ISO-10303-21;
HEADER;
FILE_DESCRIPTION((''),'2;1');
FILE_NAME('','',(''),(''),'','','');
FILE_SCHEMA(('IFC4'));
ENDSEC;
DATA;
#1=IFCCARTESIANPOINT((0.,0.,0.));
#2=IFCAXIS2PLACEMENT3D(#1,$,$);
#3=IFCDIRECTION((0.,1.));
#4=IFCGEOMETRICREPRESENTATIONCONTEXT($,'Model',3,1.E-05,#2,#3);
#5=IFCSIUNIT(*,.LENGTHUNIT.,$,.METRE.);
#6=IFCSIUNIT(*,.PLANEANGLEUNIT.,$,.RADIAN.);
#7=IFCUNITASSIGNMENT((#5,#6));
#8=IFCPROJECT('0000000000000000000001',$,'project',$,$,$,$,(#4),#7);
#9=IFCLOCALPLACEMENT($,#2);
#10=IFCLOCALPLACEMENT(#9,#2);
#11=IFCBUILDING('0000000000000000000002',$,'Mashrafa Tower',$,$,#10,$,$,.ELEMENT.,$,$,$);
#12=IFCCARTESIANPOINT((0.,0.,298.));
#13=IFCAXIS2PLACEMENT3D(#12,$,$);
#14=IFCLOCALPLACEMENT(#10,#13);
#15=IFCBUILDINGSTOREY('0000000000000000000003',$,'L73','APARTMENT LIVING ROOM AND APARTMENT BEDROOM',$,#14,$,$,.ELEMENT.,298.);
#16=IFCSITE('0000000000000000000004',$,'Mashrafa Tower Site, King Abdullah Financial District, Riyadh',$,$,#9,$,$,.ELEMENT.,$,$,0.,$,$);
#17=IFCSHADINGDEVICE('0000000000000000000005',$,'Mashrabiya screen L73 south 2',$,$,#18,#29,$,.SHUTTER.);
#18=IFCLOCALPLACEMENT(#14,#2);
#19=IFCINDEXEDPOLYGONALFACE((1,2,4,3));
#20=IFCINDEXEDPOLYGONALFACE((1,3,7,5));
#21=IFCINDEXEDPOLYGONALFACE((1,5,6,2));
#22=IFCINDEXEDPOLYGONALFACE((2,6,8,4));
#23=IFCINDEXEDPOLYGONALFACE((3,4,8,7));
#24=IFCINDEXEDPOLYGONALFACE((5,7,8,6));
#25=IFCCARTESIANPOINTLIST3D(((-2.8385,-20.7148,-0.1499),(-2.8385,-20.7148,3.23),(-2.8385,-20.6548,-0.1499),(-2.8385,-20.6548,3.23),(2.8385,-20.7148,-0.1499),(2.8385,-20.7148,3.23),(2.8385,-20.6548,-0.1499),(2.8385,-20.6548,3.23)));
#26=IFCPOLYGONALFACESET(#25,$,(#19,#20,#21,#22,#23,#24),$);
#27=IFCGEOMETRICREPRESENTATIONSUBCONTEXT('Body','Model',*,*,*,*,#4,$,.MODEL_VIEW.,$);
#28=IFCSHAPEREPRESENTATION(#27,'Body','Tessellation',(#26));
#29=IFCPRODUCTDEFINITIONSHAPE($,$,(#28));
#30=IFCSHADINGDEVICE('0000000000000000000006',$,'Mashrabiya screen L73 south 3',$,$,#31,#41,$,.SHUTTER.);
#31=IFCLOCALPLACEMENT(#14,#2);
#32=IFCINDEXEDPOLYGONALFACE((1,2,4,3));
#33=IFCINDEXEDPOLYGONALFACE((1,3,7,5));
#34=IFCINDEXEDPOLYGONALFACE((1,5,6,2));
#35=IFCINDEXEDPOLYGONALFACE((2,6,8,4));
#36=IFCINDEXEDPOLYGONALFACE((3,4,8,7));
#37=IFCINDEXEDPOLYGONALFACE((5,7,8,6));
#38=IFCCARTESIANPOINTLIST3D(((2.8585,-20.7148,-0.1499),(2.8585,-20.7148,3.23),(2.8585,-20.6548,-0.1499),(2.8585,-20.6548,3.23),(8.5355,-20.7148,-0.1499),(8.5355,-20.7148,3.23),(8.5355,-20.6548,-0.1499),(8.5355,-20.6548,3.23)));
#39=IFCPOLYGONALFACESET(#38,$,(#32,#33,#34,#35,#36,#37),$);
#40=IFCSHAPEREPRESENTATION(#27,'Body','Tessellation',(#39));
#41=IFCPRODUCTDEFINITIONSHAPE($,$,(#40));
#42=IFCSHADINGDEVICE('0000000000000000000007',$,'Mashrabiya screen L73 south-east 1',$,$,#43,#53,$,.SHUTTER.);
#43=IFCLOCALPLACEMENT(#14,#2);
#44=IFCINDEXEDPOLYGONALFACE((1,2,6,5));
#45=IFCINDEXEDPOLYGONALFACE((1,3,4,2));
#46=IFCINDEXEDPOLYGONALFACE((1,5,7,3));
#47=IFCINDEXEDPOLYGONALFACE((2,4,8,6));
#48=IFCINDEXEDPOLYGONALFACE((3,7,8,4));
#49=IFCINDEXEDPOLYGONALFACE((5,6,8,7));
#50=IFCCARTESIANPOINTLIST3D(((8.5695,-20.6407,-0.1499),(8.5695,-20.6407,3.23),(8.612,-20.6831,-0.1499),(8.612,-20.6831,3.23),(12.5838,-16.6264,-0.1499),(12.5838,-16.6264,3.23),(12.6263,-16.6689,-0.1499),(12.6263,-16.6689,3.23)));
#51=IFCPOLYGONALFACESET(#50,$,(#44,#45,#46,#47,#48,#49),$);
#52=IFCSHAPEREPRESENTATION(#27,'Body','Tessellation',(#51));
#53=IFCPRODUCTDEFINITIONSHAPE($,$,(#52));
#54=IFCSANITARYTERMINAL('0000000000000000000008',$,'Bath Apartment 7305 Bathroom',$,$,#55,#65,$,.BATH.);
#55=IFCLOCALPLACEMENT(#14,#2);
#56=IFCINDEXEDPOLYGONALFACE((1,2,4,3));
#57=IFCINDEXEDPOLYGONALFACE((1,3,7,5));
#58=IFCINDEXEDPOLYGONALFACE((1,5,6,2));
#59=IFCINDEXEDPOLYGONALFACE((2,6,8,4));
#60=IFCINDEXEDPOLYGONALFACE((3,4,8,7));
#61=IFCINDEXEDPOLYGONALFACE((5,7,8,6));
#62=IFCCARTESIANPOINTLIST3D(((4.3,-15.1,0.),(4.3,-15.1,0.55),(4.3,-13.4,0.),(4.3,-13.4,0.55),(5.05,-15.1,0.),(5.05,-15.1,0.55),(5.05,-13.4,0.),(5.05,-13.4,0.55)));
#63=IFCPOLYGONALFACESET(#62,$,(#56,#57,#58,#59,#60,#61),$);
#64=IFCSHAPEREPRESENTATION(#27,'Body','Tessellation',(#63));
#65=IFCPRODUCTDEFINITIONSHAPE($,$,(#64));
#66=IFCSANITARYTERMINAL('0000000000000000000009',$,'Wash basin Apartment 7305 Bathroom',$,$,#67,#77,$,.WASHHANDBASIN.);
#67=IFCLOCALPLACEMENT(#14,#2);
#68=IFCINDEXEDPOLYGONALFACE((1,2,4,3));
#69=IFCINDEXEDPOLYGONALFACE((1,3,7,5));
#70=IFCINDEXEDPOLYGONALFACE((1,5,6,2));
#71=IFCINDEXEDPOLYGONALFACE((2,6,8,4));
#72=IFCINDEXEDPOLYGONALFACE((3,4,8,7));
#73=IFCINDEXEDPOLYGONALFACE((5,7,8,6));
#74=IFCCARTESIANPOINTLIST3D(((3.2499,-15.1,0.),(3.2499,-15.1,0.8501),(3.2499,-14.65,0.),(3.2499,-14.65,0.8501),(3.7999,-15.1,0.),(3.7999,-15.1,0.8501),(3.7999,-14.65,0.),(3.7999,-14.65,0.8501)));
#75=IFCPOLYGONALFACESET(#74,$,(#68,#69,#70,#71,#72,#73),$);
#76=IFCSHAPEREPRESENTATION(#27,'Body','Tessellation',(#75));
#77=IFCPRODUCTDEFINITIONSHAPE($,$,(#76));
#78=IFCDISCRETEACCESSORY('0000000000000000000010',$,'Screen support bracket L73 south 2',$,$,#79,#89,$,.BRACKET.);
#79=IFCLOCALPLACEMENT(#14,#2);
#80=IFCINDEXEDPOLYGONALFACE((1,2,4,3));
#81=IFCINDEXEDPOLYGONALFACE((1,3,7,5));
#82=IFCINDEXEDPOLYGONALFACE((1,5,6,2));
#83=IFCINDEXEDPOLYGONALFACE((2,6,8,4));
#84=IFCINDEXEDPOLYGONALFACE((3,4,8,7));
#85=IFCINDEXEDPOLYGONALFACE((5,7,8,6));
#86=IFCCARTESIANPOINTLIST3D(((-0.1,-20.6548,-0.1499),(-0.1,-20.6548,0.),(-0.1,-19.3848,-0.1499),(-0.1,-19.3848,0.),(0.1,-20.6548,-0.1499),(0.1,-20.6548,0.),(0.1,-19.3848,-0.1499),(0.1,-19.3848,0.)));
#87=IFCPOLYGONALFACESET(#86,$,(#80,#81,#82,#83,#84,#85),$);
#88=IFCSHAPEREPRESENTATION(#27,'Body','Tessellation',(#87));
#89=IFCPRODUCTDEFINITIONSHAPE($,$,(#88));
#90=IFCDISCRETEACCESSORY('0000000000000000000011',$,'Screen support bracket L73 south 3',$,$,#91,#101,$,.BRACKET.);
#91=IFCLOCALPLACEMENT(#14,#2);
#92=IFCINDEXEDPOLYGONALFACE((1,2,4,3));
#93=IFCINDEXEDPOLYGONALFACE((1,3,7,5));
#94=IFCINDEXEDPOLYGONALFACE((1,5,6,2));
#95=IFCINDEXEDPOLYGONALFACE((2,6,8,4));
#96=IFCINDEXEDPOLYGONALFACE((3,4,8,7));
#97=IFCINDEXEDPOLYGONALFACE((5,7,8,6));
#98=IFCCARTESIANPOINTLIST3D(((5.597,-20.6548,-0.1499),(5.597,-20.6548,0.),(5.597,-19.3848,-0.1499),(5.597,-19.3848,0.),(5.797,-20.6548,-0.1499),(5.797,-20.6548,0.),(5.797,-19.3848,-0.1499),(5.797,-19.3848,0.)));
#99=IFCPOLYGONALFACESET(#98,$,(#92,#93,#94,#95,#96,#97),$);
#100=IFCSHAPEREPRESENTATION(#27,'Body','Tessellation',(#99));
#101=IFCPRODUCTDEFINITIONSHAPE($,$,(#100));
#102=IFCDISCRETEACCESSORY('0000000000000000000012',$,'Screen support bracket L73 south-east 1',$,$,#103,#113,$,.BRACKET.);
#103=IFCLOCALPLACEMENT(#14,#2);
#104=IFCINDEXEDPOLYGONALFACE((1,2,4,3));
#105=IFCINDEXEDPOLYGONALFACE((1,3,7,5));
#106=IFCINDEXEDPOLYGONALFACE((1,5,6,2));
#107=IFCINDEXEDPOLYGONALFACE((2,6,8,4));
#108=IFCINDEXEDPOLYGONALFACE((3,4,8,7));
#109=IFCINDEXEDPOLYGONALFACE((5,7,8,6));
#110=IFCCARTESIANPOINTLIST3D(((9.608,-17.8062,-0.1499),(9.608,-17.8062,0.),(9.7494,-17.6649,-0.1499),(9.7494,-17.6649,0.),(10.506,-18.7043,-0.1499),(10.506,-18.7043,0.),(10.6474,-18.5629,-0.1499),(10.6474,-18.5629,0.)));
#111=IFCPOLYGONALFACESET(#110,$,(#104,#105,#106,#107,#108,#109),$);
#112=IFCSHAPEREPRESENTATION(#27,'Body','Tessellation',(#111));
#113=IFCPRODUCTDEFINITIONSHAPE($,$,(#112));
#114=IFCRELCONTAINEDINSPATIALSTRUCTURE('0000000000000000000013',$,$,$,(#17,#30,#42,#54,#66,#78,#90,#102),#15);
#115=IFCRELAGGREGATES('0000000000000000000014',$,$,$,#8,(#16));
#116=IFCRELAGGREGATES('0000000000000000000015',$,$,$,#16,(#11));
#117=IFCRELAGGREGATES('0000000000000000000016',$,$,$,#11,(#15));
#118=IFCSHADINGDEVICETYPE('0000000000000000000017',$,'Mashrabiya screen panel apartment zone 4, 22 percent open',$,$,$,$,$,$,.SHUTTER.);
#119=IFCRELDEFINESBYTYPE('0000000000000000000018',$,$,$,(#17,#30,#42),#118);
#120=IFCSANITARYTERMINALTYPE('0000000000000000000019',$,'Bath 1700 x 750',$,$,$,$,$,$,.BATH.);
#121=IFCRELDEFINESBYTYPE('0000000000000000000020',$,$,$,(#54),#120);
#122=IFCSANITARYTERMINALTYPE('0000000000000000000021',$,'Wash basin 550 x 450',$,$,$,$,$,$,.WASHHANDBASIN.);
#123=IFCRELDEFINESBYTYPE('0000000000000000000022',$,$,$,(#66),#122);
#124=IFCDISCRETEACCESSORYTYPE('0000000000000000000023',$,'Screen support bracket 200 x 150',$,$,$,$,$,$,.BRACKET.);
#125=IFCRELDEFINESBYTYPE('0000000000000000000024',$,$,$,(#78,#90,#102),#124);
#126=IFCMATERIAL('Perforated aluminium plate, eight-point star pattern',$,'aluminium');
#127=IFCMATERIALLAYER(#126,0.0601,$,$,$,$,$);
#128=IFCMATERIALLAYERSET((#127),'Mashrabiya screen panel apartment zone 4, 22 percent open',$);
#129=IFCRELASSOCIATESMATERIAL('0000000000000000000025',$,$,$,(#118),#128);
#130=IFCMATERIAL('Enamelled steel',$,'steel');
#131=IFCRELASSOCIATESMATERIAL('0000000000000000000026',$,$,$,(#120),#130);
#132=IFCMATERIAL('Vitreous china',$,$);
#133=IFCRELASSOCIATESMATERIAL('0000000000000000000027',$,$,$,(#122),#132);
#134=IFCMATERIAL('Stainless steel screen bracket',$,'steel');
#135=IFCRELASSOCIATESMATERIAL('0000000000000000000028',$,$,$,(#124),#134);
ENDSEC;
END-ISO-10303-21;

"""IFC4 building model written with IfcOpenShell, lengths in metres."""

from ifc_helpers import new_model, si_unit, direction, frame, origin, origin_2d, place, context, subcontext, project, spatial, rectangle, extrude, source, transform, mapped, material, layer, layer_set, type_object, type_shapes, element, save


model = new_model("IFC4")

# Units and contexts
model_context = context("Model", 3, precision=1e-05, world=origin(), true_north=direction((0.0, 1.0)))
body_context = subcontext(model_context, "Body", "Model", "MODEL_VIEW")
ifc_project = project(units=[si_unit("LENGTHUNIT", "METRE"), si_unit("PLANEANGLEUNIT", "RADIAN")], contexts=[model_context])

# Site, building, storey
site_placement = place(None, origin())
site = spatial("IfcSite", under=ifc_project, at=site_placement, Name="Mashrafa Tower Site, King Abdullah Financial District, Riyadh", CompositionType="ELEMENT", RefElevation=0.0)
building_placement = place(site_placement, origin())
building = spatial("IfcBuilding", under=site, at=building_placement, Name="Mashrafa Tower", CompositionType="ELEMENT")
storey_placement = place(building_placement, frame((0.0, 0.0, 298.0)))
storey = spatial("IfcBuildingStorey", under=building, at=storey_placement, Name="L73", Description="APARTMENT LIVING ROOM AND APARTMENT BEDROOM", CompositionType="ELEMENT", Elevation=298.0)

# Shading devices
ifc_material_1 = material(Name="Perforated aluminium plate, eight-point star pattern", Category="aluminium")
ifc_layer_1 = layer(ifc_material_1, 0.0601)
ifc_layer_set_1 = layer_set([ifc_layer_1], Name="Mashrabiya screen panel apartment zone 4, 22 percent open")
shading_device_type = type_object("IfcShadingDeviceType", Name="Mashrabiya screen panel apartment zone 4, 22 percent open", PredefinedType="SHUTTER", material=ifc_layer_set_1)
shared_shape_1 = source(origin(), body_context, "Body", "SweptSolid", [
    extrude(rectangle(XDim=5.677, YDim=0.0601, at=origin_2d()), origin(), (0.0, 0.0, 1.0), 3.3799),
])
type_shapes(shading_device_type, [shared_shape_1])
for number, where, z_axis, x_axis, name in (
    (1, (0.0, -20.6848, -0.1499), (0.0, 0.0, 1.0), (1.0, 0.0, 0.0), "Mashrabiya screen L73 south 2"),
    (2, (5.697, -20.6848, -0.1499), (0.0, 0.0, 1.0), (1.0, 0.0, 0.0), "Mashrabiya screen L73 south 3"),
    (3, (10.5979, -18.6548, -0.1499), (0.0, 0.0, 1.0), (0.707107, 0.707107, 0.0), "Mashrabiya screen L73 south-east 1"),
):
    element("IfcShadingDevice", number, at=place(storey_placement, frame(where, z_axis=z_axis, x_axis=x_axis)), inside=storey, type_object=shading_device_type, Name=name, PredefinedType="SHUTTER", context=body_context, shape_type="MappedRepresentation", body=[
        mapped(shared_shape_1, transform((0.0, 0.0, 0.0))),
    ])

# Sanitary terminals
ifc_material_2 = material(Name="Enamelled steel", Category="steel")
sanitary_terminal_type_1 = type_object("IfcSanitaryTerminalType", Name="Bath 1700 x 750", PredefinedType="BATH", material=ifc_material_2)
sanitary_terminal_1_placement = place(storey_placement, frame((4.675, -14.25, 0.0), z_axis=(0.0, 0.0, 1.0), x_axis=(0.0, 1.0, 0.0)))
element("IfcSanitaryTerminal", 4, at=sanitary_terminal_1_placement, inside=storey, type_object=sanitary_terminal_type_1, Name="Bath Apartment 7305 Bathroom", PredefinedType="BATH", context=body_context, shape_type="SweptSolid", body=[
    extrude(rectangle(XDim=1.7, YDim=0.75, at=origin_2d()), origin(), (0.0, 0.0, 1.0), 0.55),
])
ifc_material_3 = material(Name="Vitreous china")
sanitary_terminal_type_2 = type_object("IfcSanitaryTerminalType", Name="Wash basin 550 x 450", PredefinedType="WASHHANDBASIN", material=ifc_material_3)
sanitary_terminal_2_placement = place(storey_placement, frame((3.5249, -14.875, 0.0), z_axis=(0.0, 0.0, 1.0), x_axis=(1.0, 0.0, 0.0)))
element("IfcSanitaryTerminal", 5, at=sanitary_terminal_2_placement, inside=storey, type_object=sanitary_terminal_type_2, Name="Wash basin Apartment 7305 Bathroom", PredefinedType="WASHHANDBASIN", context=body_context, shape_type="SweptSolid", body=[
    extrude(rectangle(XDim=0.55, YDim=0.45, at=origin_2d()), origin(), (0.0, 0.0, 1.0), 0.8501),
])

# Discrete accessories
ifc_material_4 = material(Name="Stainless steel screen bracket", Category="steel")
discrete_accessory_type = type_object("IfcDiscreteAccessoryType", Name="Screen support bracket 200 x 150", PredefinedType="BRACKET", material=ifc_material_4)
shared_shape_2 = source(origin(), body_context, "Body", "SweptSolid", [
    extrude(rectangle(XDim=0.2, YDim=1.27, at=origin_2d()), origin(), (0.0, 0.0, 1.0), 0.1499),
])
type_shapes(discrete_accessory_type, [shared_shape_2])
for number, where, z_axis, x_axis, name in (
    (6, (0.0, -20.0198, -0.1499), (0.0, 0.0, 1.0), (1.0, 0.0, 0.0), "Screen support bracket L73 south 2"),
    (7, (5.697, -20.0198, -0.1499), (0.0, 0.0, 1.0), (1.0, 0.0, 0.0), "Screen support bracket L73 south 3"),
    (8, (10.1277, -18.1846, -0.1499), (0.0, 0.0, 1.0), (0.707107, 0.707107, 0.0), "Screen support bracket L73 south-east 1"),
):
    element("IfcDiscreteAccessory", number, at=place(storey_placement, frame(where, z_axis=z_axis, x_axis=x_axis)), inside=storey, type_object=discrete_accessory_type, Name=name, PredefinedType="BRACKET", context=body_context, shape_type="MappedRepresentation", body=[
        mapped(shared_shape_2, transform((0.0, 0.0, 0.0))),
    ])

save(model, "model.ifc")
